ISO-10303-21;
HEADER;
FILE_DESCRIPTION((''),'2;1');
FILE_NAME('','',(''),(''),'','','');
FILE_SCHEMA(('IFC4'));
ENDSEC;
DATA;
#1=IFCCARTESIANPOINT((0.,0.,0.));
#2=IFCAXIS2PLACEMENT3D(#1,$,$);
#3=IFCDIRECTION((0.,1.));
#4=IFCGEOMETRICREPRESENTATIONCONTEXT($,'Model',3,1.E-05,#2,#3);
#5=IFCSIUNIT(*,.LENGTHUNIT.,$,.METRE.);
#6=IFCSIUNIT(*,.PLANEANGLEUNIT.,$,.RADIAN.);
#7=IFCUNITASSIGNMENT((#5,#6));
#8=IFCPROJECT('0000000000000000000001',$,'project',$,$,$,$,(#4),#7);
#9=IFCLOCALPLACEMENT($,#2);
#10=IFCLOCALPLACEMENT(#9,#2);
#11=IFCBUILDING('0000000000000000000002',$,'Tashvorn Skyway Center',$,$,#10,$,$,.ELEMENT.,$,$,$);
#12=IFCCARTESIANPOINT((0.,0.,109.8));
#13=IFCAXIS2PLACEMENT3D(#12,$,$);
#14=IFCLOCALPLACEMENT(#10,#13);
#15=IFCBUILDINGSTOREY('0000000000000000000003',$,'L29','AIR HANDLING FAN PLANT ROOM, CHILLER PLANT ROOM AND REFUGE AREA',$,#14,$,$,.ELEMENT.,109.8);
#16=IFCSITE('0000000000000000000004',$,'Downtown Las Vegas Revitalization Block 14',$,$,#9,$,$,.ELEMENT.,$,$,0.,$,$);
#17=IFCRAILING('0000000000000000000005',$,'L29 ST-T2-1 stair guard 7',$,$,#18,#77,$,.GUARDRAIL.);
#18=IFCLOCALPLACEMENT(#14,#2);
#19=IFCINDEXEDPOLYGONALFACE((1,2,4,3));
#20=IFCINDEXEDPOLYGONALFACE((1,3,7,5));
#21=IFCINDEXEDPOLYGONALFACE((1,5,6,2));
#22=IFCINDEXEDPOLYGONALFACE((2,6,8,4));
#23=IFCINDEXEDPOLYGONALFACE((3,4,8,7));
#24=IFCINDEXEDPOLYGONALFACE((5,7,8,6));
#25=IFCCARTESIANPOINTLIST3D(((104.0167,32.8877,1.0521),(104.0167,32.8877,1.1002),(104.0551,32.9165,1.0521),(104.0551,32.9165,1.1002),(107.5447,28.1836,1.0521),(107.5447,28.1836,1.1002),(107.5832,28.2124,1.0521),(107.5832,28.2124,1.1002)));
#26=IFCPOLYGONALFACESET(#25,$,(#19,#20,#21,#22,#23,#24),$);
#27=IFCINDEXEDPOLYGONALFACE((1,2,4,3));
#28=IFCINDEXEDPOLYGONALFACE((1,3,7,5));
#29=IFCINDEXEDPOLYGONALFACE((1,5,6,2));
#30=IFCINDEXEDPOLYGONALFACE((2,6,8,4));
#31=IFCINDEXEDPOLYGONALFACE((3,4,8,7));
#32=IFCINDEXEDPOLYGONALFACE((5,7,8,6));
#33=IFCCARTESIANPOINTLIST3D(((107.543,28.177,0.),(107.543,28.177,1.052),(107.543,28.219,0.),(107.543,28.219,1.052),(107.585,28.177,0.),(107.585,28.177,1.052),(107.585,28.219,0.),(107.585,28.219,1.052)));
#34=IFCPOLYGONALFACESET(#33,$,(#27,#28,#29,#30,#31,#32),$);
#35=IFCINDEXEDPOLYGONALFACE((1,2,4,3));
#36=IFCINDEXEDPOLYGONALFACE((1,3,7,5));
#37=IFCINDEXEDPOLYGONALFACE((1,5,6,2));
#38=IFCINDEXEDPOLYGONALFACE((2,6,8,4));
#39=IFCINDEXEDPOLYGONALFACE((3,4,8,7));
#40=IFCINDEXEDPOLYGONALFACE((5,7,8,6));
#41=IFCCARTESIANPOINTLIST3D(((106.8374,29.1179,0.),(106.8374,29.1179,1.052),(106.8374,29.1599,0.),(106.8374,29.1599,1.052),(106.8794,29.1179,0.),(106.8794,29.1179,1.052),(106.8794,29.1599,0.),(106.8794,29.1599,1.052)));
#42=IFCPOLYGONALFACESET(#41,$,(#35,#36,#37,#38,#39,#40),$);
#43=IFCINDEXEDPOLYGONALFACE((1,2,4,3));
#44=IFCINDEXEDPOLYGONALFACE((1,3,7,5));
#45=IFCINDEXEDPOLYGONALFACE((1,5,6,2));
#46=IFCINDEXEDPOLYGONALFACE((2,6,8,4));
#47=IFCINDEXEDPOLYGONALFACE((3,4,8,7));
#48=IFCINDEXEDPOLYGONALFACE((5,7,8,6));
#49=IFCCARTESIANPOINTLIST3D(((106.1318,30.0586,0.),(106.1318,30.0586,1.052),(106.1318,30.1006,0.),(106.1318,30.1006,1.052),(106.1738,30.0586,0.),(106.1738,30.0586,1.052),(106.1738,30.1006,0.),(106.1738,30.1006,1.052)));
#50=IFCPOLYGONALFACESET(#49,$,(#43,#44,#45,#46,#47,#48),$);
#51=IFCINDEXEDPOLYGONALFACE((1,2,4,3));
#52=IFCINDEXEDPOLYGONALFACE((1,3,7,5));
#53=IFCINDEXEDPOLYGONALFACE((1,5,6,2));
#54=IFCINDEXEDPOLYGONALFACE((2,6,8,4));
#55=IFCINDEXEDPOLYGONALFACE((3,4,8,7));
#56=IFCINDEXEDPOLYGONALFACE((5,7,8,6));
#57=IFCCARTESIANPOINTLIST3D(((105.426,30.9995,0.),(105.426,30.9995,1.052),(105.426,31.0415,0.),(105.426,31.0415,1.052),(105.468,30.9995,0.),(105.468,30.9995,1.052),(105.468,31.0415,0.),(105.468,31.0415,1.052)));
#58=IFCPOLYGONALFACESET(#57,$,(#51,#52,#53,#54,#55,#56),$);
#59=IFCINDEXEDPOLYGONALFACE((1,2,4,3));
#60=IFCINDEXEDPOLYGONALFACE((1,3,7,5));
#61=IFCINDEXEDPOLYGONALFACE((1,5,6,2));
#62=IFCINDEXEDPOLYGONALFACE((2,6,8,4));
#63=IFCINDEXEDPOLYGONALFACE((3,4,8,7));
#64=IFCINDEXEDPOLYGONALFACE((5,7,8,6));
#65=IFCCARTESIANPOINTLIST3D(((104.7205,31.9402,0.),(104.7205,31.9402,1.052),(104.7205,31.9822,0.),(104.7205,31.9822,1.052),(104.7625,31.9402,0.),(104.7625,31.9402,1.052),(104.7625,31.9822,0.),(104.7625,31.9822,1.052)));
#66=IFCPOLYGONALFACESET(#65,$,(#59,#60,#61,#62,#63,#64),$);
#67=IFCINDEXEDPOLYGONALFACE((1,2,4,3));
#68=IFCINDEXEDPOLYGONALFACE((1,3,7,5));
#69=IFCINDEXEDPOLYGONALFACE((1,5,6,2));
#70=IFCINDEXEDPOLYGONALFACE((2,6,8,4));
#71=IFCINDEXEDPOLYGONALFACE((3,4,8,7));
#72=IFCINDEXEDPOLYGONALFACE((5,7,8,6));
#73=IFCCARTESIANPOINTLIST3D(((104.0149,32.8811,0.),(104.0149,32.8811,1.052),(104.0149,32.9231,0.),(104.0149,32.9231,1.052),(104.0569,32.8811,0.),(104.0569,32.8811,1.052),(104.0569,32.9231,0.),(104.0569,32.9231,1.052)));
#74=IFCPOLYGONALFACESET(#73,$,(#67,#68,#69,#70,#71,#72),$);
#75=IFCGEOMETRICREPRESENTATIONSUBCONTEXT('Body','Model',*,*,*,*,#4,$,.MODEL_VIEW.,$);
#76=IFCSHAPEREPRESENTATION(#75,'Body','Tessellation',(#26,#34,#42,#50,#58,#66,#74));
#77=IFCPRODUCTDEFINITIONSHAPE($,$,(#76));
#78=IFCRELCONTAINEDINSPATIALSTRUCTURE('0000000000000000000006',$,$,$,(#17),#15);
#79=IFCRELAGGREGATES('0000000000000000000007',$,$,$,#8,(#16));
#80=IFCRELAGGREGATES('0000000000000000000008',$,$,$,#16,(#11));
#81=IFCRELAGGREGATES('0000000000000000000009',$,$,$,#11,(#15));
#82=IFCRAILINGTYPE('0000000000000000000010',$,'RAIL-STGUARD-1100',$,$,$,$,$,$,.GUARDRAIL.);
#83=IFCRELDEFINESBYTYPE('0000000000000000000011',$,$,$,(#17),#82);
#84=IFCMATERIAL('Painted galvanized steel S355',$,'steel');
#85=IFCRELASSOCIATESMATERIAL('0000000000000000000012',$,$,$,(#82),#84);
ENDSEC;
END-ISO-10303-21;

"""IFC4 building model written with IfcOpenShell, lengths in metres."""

from ifc_helpers import new_model, si_unit, direction, frame, origin, origin_2d, place, context, subcontext, project, spatial, rectangle, extrude, material, type_object, element, save


model = new_model("IFC4")

# Units and contexts
model_context = context("Model", 3, precision=1e-05, world=origin(), true_north=direction((0.0, 1.0)))
body_context = subcontext(model_context, "Body", "Model", "MODEL_VIEW")
ifc_project = project(units=[si_unit("LENGTHUNIT", "METRE"), si_unit("PLANEANGLEUNIT", "RADIAN")], contexts=[model_context])

# Site, building, storey
site_placement = place(None, origin())
site = spatial("IfcSite", under=ifc_project, at=site_placement, Name="Downtown Las Vegas Revitalization Block 14", CompositionType="ELEMENT", RefElevation=0.0)
building_placement = place(site_placement, origin())
building = spatial("IfcBuilding", under=site, at=building_placement, Name="Tashvorn Skyway Center", CompositionType="ELEMENT")
storey_placement = place(building_placement, frame((0.0, 0.0, 109.8)))
storey = spatial("IfcBuildingStorey", under=building, at=storey_placement, Name="L29", Description="AIR HANDLING FAN PLANT ROOM, CHILLER PLANT ROOM AND REFUGE AREA", CompositionType="ELEMENT", Elevation=109.8)

# Railing
ifc_material_1 = material(Name="Painted galvanized steel S355", Category="steel")
railing_type = type_object("IfcRailingType", Name="RAIL-STGUARD-1100", PredefinedType="GUARDRAIL", material=ifc_material_1)
railing_1_placement = place(storey_placement, frame((107.564, 28.198, 0.0)))
element("IfcRailing", 1, at=railing_1_placement, inside=storey, type_object=railing_type, Name="L29 ST-T2-1 stair guard 7", PredefinedType="GUARDRAIL", context=body_context, shape_type="SweptSolid", body=[
    extrude(rectangle(XDim=0.0481, YDim=0.0481, at=origin_2d()), frame((0.0, 0.0, 1.0762), z_axis=(-0.6, 0.8, 0.0), x_axis=(-0.8, -0.6, 0.0)), (0.0, 0.0, 1.0), 5.8801),
    extrude(rectangle(XDim=0.042, YDim=0.042, at=origin_2d()), origin(), (0.0, 0.0, 1.0), 1.052),
    extrude(rectangle(XDim=0.042, YDim=0.042, at=origin_2d()), frame((-0.7056, 0.9409, 0.0)), (0.0, 0.0, 1.0), 1.052),
    extrude(rectangle(XDim=0.042, YDim=0.042, at=origin_2d()), frame((-1.4111, 1.8816, 0.0)), (0.0, 0.0, 1.0), 1.052),
    extrude(rectangle(XDim=0.042, YDim=0.042, at=origin_2d()), frame((-2.1169, 2.8225, 0.0)), (0.0, 0.0, 1.0), 1.052),
    extrude(rectangle(XDim=0.042, YDim=0.042, at=origin_2d()), frame((-2.8225, 3.7632, 0.0)), (0.0, 0.0, 1.0), 1.052),
    extrude(rectangle(XDim=0.042, YDim=0.042, at=origin_2d()), frame((-3.5281, 4.7041, 0.0)), (0.0, 0.0, 1.0), 1.052),
])

save(model, "model.ifc")
